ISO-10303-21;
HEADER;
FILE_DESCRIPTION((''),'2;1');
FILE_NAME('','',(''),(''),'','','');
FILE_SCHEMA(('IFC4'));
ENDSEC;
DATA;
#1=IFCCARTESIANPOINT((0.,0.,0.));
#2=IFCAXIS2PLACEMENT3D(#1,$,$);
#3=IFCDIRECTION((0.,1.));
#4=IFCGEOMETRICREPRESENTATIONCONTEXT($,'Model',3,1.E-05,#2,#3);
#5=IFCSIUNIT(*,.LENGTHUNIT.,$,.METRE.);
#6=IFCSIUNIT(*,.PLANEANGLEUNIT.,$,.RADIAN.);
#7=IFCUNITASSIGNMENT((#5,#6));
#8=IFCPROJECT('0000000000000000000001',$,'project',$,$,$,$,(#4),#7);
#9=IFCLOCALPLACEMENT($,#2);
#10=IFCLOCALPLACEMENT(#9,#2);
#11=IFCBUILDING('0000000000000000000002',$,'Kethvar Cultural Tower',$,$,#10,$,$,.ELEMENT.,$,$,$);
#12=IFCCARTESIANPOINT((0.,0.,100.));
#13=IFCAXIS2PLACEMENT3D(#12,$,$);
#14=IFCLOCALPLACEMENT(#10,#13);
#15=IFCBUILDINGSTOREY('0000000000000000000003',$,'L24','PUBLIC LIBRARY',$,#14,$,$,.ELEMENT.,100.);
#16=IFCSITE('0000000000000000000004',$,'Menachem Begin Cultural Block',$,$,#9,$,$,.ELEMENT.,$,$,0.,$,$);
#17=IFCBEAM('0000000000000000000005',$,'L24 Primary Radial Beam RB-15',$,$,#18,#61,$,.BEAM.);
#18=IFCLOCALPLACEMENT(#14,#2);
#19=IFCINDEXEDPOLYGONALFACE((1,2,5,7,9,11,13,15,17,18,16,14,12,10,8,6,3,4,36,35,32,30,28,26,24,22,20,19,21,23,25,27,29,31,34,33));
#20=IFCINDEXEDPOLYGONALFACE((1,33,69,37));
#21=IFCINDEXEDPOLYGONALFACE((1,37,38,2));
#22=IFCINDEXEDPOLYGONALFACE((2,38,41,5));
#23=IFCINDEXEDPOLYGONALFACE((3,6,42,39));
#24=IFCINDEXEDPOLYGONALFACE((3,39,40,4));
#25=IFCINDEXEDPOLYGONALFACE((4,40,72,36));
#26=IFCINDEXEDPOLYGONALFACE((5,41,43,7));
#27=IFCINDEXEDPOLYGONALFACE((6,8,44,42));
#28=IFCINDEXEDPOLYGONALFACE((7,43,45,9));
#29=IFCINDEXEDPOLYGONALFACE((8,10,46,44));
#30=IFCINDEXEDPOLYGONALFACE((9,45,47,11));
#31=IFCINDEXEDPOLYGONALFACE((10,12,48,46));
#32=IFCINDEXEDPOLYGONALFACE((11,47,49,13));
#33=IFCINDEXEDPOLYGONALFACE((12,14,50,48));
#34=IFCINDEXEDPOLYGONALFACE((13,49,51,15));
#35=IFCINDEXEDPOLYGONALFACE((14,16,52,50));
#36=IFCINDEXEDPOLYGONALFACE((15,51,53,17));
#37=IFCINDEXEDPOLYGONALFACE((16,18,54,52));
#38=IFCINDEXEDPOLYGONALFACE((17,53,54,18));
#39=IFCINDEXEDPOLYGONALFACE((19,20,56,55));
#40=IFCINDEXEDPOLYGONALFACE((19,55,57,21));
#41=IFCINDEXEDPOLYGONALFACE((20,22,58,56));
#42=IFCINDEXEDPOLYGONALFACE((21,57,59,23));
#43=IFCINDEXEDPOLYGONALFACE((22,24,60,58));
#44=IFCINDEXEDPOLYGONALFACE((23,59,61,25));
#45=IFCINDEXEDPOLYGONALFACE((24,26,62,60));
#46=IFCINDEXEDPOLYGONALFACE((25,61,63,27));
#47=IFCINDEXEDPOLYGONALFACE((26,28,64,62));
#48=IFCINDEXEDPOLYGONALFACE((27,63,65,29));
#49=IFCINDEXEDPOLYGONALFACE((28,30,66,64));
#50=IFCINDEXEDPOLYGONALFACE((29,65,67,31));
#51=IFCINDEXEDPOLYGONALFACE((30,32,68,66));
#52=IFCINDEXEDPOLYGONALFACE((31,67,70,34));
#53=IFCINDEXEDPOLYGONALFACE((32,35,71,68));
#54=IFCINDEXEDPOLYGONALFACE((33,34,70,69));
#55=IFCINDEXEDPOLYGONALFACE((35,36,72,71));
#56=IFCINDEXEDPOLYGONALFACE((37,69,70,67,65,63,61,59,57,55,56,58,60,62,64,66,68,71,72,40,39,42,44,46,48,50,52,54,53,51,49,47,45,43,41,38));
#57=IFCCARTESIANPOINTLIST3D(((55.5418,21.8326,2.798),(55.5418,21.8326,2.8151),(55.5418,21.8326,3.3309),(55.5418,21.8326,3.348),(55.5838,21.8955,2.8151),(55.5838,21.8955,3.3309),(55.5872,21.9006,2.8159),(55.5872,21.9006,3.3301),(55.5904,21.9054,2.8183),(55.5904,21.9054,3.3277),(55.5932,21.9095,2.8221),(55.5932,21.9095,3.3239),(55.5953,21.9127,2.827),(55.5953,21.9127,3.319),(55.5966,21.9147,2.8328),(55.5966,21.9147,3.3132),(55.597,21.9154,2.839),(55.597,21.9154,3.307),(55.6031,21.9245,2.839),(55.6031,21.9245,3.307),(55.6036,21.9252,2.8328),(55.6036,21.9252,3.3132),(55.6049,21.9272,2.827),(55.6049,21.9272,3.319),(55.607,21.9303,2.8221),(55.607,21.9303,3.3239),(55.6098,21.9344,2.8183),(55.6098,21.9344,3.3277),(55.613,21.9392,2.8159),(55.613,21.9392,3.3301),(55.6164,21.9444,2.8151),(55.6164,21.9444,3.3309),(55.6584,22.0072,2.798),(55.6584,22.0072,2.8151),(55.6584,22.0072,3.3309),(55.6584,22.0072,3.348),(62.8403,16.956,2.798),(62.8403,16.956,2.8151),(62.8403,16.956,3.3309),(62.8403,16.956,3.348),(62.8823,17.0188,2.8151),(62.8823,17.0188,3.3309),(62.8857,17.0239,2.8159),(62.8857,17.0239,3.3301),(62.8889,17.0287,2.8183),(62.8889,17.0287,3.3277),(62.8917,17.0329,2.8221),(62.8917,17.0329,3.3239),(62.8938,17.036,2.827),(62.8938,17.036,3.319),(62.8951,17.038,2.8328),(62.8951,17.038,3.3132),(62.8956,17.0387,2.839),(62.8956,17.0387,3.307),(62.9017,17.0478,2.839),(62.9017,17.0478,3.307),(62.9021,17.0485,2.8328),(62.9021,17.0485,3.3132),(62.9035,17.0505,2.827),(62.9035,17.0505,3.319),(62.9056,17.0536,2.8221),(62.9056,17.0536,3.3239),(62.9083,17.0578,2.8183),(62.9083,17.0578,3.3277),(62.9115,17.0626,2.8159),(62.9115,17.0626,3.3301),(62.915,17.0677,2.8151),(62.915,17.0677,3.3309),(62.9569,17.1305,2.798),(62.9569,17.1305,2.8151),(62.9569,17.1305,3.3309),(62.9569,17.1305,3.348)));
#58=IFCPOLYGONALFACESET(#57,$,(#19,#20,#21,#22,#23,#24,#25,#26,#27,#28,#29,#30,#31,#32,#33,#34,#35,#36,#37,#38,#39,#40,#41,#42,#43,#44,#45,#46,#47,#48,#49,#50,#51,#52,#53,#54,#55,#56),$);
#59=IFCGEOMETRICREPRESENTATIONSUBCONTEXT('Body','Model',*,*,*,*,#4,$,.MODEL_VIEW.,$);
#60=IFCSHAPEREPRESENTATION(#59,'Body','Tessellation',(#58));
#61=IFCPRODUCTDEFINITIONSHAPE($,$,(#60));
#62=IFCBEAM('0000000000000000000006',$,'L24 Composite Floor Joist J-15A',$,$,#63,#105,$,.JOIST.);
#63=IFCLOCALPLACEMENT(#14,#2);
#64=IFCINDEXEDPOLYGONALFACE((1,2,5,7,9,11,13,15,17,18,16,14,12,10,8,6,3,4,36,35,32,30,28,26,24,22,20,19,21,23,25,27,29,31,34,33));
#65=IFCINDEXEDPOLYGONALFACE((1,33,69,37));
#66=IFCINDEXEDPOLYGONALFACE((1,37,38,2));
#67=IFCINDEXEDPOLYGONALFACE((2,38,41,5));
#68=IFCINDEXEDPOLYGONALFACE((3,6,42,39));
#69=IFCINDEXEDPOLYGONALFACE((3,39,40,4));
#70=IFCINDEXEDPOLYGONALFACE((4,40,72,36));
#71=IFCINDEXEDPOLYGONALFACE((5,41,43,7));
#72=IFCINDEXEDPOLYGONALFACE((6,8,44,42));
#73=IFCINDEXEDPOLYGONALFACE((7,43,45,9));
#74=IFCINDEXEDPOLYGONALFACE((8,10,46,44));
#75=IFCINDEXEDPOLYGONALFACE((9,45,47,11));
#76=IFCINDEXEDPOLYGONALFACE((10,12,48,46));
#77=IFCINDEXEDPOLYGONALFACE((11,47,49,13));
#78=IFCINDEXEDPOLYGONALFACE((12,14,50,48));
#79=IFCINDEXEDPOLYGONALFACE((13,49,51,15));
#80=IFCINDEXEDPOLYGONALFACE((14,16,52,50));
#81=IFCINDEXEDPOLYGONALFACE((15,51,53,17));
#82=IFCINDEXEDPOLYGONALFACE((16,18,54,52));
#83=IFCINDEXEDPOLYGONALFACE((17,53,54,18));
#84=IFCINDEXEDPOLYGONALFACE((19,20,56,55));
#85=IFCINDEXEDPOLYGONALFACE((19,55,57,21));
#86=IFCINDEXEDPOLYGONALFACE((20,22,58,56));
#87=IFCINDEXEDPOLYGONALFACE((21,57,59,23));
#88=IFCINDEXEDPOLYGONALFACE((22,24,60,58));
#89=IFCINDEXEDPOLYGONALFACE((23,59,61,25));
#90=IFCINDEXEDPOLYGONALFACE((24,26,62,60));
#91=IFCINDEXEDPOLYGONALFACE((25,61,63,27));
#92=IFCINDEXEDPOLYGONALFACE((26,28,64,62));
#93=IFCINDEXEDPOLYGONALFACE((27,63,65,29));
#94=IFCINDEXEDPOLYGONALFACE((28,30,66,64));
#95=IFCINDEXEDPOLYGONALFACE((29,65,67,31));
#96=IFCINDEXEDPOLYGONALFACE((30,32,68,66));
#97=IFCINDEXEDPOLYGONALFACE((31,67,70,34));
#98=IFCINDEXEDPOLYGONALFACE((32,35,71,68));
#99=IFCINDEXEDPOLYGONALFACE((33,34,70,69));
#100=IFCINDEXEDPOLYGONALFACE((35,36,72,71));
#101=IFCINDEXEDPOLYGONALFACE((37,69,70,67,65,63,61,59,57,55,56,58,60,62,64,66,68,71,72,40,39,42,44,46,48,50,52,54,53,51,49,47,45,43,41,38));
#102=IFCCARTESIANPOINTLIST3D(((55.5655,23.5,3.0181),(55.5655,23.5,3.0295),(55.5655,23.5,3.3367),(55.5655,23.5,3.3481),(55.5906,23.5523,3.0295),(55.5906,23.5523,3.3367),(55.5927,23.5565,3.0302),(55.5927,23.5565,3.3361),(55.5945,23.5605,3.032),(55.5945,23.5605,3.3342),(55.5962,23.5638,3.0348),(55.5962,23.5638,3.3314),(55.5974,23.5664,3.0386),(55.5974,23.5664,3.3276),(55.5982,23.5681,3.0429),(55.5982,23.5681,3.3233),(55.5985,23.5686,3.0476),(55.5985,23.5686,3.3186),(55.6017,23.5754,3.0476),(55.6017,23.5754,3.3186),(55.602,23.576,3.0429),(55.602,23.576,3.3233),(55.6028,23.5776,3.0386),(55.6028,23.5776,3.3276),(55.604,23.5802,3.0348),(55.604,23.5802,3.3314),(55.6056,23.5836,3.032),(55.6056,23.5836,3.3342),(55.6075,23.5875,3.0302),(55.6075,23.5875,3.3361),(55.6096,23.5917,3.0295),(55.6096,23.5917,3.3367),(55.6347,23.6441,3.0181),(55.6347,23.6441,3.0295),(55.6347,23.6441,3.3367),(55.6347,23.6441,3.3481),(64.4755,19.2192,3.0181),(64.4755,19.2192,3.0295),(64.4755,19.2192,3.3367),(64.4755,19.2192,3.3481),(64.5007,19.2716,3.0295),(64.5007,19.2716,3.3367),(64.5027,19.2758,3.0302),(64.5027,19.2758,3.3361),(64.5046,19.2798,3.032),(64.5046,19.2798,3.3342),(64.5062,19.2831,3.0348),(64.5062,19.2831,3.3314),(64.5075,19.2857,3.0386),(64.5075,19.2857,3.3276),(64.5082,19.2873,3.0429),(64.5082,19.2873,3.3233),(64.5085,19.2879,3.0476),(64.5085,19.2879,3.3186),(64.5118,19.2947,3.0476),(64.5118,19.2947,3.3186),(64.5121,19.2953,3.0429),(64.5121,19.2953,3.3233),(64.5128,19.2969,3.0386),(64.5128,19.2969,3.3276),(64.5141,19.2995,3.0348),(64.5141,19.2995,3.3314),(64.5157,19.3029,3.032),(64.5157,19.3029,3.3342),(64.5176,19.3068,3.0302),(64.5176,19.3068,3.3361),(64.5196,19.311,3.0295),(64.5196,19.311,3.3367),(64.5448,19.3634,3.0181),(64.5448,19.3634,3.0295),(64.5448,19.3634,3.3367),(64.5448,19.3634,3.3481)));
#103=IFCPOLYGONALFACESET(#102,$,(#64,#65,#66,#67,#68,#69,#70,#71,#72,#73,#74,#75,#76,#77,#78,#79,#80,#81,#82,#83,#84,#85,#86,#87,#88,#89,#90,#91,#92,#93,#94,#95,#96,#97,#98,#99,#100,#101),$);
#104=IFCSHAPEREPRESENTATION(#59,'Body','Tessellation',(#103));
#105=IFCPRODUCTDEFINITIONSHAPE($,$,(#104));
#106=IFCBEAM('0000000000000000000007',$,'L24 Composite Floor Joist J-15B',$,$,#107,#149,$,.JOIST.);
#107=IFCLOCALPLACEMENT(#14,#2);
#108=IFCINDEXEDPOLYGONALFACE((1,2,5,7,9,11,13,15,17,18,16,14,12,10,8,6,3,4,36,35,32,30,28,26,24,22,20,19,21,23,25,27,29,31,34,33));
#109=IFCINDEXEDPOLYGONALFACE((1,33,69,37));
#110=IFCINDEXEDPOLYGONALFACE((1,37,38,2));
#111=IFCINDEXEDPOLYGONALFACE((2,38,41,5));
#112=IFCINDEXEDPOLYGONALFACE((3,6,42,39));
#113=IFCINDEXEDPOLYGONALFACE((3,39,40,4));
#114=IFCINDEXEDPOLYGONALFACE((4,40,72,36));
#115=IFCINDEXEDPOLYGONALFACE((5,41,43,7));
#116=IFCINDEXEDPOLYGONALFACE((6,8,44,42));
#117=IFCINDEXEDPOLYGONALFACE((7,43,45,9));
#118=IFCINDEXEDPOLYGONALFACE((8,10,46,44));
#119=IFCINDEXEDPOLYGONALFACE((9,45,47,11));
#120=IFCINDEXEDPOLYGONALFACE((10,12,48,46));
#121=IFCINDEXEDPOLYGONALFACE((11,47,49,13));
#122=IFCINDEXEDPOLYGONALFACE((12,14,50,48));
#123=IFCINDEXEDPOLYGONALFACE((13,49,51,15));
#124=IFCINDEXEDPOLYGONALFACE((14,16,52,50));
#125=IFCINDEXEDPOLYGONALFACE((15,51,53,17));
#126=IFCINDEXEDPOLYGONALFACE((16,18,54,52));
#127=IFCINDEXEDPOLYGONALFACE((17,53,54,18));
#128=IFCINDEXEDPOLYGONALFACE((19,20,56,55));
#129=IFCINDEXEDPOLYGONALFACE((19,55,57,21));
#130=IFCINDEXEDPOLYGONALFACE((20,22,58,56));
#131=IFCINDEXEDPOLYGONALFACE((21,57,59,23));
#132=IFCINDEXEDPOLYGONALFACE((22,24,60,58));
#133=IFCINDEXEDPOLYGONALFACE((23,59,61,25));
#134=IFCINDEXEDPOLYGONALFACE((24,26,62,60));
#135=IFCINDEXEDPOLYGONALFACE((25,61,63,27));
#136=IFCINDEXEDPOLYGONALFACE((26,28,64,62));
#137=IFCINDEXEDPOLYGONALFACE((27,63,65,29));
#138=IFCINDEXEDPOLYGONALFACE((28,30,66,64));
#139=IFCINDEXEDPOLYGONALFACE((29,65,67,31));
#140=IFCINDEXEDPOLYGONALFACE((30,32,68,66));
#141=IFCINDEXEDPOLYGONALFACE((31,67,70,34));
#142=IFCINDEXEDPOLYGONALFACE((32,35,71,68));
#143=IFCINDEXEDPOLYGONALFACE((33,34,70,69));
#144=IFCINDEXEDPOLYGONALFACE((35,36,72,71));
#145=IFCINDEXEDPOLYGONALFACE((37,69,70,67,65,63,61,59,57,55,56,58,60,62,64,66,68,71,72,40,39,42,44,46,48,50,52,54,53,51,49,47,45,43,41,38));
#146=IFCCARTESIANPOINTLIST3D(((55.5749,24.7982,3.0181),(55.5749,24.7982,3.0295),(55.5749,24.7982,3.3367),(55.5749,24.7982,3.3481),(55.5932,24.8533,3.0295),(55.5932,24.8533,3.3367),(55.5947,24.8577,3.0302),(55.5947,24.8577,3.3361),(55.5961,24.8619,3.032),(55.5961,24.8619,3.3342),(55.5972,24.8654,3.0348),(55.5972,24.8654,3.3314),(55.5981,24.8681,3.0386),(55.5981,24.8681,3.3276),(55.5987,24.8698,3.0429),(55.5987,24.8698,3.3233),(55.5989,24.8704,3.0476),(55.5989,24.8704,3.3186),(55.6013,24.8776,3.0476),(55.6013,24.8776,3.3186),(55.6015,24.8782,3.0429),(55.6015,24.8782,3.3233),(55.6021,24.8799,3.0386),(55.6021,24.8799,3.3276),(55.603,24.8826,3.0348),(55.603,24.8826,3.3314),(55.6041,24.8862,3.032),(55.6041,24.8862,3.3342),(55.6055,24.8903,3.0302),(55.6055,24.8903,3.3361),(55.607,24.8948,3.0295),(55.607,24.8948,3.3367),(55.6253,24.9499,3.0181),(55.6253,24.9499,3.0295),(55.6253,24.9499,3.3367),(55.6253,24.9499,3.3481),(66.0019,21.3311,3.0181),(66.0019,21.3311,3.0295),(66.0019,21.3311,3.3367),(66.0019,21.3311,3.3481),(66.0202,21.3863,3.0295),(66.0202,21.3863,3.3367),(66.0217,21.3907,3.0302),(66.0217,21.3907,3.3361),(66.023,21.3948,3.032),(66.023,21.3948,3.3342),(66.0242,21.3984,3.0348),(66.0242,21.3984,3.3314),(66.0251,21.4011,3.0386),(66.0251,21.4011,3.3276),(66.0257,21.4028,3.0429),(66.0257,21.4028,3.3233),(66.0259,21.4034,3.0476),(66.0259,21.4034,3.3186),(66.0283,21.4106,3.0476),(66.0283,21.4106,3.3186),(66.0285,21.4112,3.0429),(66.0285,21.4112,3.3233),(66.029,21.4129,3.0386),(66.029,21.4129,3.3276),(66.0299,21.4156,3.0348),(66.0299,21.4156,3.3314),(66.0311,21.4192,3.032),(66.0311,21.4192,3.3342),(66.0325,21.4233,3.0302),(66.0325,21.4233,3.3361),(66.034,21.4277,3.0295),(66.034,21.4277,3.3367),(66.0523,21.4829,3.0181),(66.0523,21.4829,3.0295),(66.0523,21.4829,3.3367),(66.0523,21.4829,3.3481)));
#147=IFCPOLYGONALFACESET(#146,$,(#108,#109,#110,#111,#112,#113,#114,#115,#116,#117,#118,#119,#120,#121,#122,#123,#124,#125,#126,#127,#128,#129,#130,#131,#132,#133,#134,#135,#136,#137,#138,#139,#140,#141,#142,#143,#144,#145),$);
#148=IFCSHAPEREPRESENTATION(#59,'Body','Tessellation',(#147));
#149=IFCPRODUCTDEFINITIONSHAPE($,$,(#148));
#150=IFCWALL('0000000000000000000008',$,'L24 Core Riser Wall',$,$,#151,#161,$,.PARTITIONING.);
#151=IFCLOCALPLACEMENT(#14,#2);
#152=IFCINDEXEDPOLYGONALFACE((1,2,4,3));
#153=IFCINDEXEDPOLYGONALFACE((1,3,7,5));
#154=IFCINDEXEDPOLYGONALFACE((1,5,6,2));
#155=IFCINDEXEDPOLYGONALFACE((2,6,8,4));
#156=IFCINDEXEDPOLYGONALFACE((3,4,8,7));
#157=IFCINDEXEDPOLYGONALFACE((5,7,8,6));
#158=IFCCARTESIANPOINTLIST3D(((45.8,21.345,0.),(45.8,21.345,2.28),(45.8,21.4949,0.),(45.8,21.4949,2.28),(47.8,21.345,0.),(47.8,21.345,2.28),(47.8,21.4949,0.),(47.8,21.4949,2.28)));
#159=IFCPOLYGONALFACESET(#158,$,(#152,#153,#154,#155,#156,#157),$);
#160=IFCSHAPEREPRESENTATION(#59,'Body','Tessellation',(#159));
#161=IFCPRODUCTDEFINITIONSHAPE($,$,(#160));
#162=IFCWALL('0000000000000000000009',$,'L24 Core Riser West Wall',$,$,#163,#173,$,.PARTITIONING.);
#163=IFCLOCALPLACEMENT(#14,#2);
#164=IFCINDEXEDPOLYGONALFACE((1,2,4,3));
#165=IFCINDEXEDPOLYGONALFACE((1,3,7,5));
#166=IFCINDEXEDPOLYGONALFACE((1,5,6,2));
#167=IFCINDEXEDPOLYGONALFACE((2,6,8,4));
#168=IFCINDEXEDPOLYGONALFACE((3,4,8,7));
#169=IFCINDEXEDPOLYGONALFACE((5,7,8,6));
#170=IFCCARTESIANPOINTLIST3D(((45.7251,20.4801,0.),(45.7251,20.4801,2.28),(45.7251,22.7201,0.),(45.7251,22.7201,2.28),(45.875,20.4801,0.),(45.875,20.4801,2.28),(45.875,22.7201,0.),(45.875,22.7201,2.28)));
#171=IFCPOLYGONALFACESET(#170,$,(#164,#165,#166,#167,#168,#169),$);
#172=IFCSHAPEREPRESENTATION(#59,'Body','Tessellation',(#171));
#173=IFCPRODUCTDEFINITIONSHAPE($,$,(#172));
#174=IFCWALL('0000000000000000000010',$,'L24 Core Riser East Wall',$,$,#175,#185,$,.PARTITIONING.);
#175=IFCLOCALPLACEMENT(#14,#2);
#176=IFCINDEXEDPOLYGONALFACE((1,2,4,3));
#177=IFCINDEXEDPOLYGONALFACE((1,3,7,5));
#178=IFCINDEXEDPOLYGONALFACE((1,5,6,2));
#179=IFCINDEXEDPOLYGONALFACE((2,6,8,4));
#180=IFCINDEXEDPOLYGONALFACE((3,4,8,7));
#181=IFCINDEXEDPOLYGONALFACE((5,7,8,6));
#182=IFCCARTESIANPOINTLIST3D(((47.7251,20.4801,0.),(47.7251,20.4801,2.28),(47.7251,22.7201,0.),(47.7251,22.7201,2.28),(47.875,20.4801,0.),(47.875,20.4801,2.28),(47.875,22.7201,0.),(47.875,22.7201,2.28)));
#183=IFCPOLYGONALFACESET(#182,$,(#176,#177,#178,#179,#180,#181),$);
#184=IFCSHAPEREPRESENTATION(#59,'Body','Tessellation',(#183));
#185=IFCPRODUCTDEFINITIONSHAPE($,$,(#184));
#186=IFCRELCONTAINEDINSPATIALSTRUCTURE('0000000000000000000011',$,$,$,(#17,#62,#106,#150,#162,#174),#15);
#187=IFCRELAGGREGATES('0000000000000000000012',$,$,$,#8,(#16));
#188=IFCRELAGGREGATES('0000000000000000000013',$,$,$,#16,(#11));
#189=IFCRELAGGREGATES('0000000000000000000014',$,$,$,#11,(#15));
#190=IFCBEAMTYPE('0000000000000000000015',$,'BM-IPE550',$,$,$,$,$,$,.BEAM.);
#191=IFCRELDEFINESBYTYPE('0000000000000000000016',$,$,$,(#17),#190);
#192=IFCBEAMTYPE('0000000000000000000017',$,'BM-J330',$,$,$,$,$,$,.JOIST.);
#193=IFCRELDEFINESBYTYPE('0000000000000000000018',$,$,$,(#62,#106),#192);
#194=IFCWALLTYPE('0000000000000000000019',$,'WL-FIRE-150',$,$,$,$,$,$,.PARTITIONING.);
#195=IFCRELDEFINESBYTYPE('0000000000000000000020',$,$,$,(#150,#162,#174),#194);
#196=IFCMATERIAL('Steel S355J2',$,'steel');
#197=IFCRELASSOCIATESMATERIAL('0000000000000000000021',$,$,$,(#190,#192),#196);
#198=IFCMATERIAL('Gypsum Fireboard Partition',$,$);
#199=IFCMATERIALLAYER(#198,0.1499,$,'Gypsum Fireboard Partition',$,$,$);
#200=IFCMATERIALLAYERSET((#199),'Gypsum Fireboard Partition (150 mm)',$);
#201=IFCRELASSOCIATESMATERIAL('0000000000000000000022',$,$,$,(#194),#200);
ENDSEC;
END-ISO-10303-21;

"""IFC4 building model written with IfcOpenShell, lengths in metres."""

from ifc_helpers import new_model, si_unit, direction, frame, frame_2d, origin, origin_2d, place, context, subcontext, project, spatial, rectangle, i_section, extrude, source, transform, mapped, material, layer, layer_set, material_profile, profile_set, type_object, element, save


model = new_model("IFC4")

# Units and contexts
model_context = context("Model", 3, precision=1e-05, world=origin(), true_north=direction((0.0, 1.0)))
body_context = subcontext(model_context, "Body", "Model", "MODEL_VIEW")
ifc_project = project(units=[si_unit("LENGTHUNIT", "METRE"), si_unit("PLANEANGLEUNIT", "RADIAN")], contexts=[model_context])

# Site, building, storey
site_placement = place(None, origin())
site = spatial("IfcSite", under=ifc_project, at=site_placement, Name="Menachem Begin Cultural Block", CompositionType="ELEMENT", RefElevation=0.0)
building_placement = place(site_placement, origin())
building = spatial("IfcBuilding", under=site, at=building_placement, Name="Kethvar Cultural Tower", CompositionType="ELEMENT")
storey_placement = place(building_placement, frame((0.0, 0.0, 100.0)))
storey = spatial("IfcBuildingStorey", under=building, at=storey_placement, Name="L24", Description="PUBLIC LIBRARY", CompositionType="ELEMENT", Elevation=100.0)

# Beams
ifc_material_1 = material(Name="Steel S355J2", Category="steel")
ifc_material_profile_1 = material_profile(ifc_material_1, i_section(OverallWidth=0.21, OverallDepth=0.55, WebThickness=0.011, FlangeThickness=0.0171, FilletRadius=0.0239, at=origin_2d()), Name="Steel S355J2 — IPE550")
ifc_profile_set_1 = profile_set([ifc_material_profile_1], Name="Steel S355J2 — IPE550")
beam_type_1 = type_object("IfcBeamType", Name="BM-IPE550", PredefinedType="BEAM", material=ifc_profile_set_1)
shared_shape_1 = source(origin(), body_context, "Body", "SweptSolid", [
    extrude(i_section(OverallWidth=0.21, OverallDepth=0.55, WebThickness=0.011, FlangeThickness=0.0171, FilletRadius=0.0239, at=origin_2d()), origin(), (0.0, 0.0, 1.0), 8.7778),
])
beam_1_placement = place(storey_placement, frame((55.6001, 21.9199, 3.073), z_axis=(0.831472, -0.555566, 0.0), x_axis=(0.555566, 0.831472, 0.0)))
element("IfcBeam", 1, at=beam_1_placement, inside=storey, type_object=beam_type_1, Name="L24 Primary Radial Beam RB-15", PredefinedType="BEAM", context=body_context, shape_type="MappedRepresentation", body=[
    mapped(shared_shape_1, transform((0.0, 0.0, 0.0), scale=1.0)),
])
ifc_material_profile_2 = material_profile(ifc_material_1, i_section(OverallWidth=0.1599, OverallDepth=0.3301, WebThickness=0.0076, FlangeThickness=0.0115, FilletRadius=0.0181, at=origin_2d()), Name="Steel S355J2 — IPE330")
ifc_profile_set_2 = profile_set([ifc_material_profile_2], Name="Steel S355J2 — IPE330")
beam_type_2 = type_object("IfcBeamType", Name="BM-J330", PredefinedType="JOIST", material=ifc_profile_set_2)
shared_shape_2 = source(origin(), body_context, "Body", "SweptSolid", [
    extrude(i_section(OverallWidth=0.1599, OverallDepth=0.3301, WebThickness=0.0076, FlangeThickness=0.0115, FilletRadius=0.0181, at=origin_2d()), origin(), (0.0, 0.0, 1.0), 9.885),
])
beam_2_placement = place(storey_placement, frame((55.6001, 23.572, 3.1831), z_axis=(0.90137, -0.433051, 0.0), x_axis=(0.433051, 0.90137, 0.0)))
element("IfcBeam", 2, at=beam_2_placement, inside=storey, type_object=beam_type_2, Name="L24 Composite Floor Joist J-15A", PredefinedType="JOIST", context=body_context, shape_type="MappedRepresentation", body=[
    mapped(shared_shape_2, transform((0.0, 0.0, 0.0), scale=1.0)),
])
shared_shape_3 = source(origin(), body_context, "Body", "SweptSolid", [
    extrude(i_section(OverallWidth=0.1599, OverallDepth=0.3301, WebThickness=0.0076, FlangeThickness=0.0115, FilletRadius=0.0181, at=origin_2d()), origin(), (0.0, 0.0, 1.0), 10.9883),
])
beam_3_placement = place(storey_placement, frame((55.6001, 24.874, 3.1831), z_axis=(0.948919, -0.315521, 0.0), x_axis=(0.315521, 0.948919, 0.0)))
element("IfcBeam", 3, at=beam_3_placement, inside=storey, type_object=beam_type_2, Name="L24 Composite Floor Joist J-15B", PredefinedType="JOIST", context=body_context, shape_type="MappedRepresentation", body=[
    mapped(shared_shape_3, transform((0.0, 0.0, 0.0), scale=1.0)),
])

# Walls
ifc_material_2 = material(Name="Gypsum Fireboard Partition")
ifc_layer_1 = layer(ifc_material_2, 0.1499, Name="Gypsum Fireboard Partition")
ifc_layer_set_1 = layer_set([ifc_layer_1], Name="Gypsum Fireboard Partition (150 mm)")
wall_type_1 = type_object("IfcWallType", Name="WL-FIRE-150", PredefinedType="PARTITIONING", material=ifc_layer_set_1)
wall_1_placement = place(storey_placement, frame((45.8, 21.4199, 0.0), z_axis=(0.0, 0.0, 1.0), x_axis=(1.0, 0.0, 0.0)))
element("IfcWall", 4, at=wall_1_placement, inside=storey, type_object=wall_type_1, Name="L24 Core Riser Wall", PredefinedType="PARTITIONING", context=body_context, shape_type="SweptSolid", body=[
    extrude(rectangle(XDim=2.0, YDim=0.1499, at=frame_2d((1.0, 0.0))), origin(), (0.0, 0.0, 1.0), 2.28),
])
for number, where, z_axis, x_axis, name in (
    (5, (45.8, 20.48, 0.0), (0.0, 0.0, 1.0), (0.0, 1.0, 0.0), "L24 Core Riser West Wall"),
    (6, (47.8, 20.48, 0.0), (0.0, 0.0, 1.0), (0.0, 1.0, 0.0), "L24 Core Riser East Wall"),
):
    element("IfcWall", number, at=place(storey_placement, frame(where, z_axis=z_axis, x_axis=x_axis)), inside=storey, type_object=wall_type_1, Name=name, PredefinedType="PARTITIONING", context=body_context, shape_type="SweptSolid", body=[
        extrude(rectangle(XDim=2.24, YDim=0.1499, at=frame_2d((1.1201, 0.0))), origin(), (0.0, 0.0, 1.0), 2.28),
    ])

save(model, "model.ifc")
